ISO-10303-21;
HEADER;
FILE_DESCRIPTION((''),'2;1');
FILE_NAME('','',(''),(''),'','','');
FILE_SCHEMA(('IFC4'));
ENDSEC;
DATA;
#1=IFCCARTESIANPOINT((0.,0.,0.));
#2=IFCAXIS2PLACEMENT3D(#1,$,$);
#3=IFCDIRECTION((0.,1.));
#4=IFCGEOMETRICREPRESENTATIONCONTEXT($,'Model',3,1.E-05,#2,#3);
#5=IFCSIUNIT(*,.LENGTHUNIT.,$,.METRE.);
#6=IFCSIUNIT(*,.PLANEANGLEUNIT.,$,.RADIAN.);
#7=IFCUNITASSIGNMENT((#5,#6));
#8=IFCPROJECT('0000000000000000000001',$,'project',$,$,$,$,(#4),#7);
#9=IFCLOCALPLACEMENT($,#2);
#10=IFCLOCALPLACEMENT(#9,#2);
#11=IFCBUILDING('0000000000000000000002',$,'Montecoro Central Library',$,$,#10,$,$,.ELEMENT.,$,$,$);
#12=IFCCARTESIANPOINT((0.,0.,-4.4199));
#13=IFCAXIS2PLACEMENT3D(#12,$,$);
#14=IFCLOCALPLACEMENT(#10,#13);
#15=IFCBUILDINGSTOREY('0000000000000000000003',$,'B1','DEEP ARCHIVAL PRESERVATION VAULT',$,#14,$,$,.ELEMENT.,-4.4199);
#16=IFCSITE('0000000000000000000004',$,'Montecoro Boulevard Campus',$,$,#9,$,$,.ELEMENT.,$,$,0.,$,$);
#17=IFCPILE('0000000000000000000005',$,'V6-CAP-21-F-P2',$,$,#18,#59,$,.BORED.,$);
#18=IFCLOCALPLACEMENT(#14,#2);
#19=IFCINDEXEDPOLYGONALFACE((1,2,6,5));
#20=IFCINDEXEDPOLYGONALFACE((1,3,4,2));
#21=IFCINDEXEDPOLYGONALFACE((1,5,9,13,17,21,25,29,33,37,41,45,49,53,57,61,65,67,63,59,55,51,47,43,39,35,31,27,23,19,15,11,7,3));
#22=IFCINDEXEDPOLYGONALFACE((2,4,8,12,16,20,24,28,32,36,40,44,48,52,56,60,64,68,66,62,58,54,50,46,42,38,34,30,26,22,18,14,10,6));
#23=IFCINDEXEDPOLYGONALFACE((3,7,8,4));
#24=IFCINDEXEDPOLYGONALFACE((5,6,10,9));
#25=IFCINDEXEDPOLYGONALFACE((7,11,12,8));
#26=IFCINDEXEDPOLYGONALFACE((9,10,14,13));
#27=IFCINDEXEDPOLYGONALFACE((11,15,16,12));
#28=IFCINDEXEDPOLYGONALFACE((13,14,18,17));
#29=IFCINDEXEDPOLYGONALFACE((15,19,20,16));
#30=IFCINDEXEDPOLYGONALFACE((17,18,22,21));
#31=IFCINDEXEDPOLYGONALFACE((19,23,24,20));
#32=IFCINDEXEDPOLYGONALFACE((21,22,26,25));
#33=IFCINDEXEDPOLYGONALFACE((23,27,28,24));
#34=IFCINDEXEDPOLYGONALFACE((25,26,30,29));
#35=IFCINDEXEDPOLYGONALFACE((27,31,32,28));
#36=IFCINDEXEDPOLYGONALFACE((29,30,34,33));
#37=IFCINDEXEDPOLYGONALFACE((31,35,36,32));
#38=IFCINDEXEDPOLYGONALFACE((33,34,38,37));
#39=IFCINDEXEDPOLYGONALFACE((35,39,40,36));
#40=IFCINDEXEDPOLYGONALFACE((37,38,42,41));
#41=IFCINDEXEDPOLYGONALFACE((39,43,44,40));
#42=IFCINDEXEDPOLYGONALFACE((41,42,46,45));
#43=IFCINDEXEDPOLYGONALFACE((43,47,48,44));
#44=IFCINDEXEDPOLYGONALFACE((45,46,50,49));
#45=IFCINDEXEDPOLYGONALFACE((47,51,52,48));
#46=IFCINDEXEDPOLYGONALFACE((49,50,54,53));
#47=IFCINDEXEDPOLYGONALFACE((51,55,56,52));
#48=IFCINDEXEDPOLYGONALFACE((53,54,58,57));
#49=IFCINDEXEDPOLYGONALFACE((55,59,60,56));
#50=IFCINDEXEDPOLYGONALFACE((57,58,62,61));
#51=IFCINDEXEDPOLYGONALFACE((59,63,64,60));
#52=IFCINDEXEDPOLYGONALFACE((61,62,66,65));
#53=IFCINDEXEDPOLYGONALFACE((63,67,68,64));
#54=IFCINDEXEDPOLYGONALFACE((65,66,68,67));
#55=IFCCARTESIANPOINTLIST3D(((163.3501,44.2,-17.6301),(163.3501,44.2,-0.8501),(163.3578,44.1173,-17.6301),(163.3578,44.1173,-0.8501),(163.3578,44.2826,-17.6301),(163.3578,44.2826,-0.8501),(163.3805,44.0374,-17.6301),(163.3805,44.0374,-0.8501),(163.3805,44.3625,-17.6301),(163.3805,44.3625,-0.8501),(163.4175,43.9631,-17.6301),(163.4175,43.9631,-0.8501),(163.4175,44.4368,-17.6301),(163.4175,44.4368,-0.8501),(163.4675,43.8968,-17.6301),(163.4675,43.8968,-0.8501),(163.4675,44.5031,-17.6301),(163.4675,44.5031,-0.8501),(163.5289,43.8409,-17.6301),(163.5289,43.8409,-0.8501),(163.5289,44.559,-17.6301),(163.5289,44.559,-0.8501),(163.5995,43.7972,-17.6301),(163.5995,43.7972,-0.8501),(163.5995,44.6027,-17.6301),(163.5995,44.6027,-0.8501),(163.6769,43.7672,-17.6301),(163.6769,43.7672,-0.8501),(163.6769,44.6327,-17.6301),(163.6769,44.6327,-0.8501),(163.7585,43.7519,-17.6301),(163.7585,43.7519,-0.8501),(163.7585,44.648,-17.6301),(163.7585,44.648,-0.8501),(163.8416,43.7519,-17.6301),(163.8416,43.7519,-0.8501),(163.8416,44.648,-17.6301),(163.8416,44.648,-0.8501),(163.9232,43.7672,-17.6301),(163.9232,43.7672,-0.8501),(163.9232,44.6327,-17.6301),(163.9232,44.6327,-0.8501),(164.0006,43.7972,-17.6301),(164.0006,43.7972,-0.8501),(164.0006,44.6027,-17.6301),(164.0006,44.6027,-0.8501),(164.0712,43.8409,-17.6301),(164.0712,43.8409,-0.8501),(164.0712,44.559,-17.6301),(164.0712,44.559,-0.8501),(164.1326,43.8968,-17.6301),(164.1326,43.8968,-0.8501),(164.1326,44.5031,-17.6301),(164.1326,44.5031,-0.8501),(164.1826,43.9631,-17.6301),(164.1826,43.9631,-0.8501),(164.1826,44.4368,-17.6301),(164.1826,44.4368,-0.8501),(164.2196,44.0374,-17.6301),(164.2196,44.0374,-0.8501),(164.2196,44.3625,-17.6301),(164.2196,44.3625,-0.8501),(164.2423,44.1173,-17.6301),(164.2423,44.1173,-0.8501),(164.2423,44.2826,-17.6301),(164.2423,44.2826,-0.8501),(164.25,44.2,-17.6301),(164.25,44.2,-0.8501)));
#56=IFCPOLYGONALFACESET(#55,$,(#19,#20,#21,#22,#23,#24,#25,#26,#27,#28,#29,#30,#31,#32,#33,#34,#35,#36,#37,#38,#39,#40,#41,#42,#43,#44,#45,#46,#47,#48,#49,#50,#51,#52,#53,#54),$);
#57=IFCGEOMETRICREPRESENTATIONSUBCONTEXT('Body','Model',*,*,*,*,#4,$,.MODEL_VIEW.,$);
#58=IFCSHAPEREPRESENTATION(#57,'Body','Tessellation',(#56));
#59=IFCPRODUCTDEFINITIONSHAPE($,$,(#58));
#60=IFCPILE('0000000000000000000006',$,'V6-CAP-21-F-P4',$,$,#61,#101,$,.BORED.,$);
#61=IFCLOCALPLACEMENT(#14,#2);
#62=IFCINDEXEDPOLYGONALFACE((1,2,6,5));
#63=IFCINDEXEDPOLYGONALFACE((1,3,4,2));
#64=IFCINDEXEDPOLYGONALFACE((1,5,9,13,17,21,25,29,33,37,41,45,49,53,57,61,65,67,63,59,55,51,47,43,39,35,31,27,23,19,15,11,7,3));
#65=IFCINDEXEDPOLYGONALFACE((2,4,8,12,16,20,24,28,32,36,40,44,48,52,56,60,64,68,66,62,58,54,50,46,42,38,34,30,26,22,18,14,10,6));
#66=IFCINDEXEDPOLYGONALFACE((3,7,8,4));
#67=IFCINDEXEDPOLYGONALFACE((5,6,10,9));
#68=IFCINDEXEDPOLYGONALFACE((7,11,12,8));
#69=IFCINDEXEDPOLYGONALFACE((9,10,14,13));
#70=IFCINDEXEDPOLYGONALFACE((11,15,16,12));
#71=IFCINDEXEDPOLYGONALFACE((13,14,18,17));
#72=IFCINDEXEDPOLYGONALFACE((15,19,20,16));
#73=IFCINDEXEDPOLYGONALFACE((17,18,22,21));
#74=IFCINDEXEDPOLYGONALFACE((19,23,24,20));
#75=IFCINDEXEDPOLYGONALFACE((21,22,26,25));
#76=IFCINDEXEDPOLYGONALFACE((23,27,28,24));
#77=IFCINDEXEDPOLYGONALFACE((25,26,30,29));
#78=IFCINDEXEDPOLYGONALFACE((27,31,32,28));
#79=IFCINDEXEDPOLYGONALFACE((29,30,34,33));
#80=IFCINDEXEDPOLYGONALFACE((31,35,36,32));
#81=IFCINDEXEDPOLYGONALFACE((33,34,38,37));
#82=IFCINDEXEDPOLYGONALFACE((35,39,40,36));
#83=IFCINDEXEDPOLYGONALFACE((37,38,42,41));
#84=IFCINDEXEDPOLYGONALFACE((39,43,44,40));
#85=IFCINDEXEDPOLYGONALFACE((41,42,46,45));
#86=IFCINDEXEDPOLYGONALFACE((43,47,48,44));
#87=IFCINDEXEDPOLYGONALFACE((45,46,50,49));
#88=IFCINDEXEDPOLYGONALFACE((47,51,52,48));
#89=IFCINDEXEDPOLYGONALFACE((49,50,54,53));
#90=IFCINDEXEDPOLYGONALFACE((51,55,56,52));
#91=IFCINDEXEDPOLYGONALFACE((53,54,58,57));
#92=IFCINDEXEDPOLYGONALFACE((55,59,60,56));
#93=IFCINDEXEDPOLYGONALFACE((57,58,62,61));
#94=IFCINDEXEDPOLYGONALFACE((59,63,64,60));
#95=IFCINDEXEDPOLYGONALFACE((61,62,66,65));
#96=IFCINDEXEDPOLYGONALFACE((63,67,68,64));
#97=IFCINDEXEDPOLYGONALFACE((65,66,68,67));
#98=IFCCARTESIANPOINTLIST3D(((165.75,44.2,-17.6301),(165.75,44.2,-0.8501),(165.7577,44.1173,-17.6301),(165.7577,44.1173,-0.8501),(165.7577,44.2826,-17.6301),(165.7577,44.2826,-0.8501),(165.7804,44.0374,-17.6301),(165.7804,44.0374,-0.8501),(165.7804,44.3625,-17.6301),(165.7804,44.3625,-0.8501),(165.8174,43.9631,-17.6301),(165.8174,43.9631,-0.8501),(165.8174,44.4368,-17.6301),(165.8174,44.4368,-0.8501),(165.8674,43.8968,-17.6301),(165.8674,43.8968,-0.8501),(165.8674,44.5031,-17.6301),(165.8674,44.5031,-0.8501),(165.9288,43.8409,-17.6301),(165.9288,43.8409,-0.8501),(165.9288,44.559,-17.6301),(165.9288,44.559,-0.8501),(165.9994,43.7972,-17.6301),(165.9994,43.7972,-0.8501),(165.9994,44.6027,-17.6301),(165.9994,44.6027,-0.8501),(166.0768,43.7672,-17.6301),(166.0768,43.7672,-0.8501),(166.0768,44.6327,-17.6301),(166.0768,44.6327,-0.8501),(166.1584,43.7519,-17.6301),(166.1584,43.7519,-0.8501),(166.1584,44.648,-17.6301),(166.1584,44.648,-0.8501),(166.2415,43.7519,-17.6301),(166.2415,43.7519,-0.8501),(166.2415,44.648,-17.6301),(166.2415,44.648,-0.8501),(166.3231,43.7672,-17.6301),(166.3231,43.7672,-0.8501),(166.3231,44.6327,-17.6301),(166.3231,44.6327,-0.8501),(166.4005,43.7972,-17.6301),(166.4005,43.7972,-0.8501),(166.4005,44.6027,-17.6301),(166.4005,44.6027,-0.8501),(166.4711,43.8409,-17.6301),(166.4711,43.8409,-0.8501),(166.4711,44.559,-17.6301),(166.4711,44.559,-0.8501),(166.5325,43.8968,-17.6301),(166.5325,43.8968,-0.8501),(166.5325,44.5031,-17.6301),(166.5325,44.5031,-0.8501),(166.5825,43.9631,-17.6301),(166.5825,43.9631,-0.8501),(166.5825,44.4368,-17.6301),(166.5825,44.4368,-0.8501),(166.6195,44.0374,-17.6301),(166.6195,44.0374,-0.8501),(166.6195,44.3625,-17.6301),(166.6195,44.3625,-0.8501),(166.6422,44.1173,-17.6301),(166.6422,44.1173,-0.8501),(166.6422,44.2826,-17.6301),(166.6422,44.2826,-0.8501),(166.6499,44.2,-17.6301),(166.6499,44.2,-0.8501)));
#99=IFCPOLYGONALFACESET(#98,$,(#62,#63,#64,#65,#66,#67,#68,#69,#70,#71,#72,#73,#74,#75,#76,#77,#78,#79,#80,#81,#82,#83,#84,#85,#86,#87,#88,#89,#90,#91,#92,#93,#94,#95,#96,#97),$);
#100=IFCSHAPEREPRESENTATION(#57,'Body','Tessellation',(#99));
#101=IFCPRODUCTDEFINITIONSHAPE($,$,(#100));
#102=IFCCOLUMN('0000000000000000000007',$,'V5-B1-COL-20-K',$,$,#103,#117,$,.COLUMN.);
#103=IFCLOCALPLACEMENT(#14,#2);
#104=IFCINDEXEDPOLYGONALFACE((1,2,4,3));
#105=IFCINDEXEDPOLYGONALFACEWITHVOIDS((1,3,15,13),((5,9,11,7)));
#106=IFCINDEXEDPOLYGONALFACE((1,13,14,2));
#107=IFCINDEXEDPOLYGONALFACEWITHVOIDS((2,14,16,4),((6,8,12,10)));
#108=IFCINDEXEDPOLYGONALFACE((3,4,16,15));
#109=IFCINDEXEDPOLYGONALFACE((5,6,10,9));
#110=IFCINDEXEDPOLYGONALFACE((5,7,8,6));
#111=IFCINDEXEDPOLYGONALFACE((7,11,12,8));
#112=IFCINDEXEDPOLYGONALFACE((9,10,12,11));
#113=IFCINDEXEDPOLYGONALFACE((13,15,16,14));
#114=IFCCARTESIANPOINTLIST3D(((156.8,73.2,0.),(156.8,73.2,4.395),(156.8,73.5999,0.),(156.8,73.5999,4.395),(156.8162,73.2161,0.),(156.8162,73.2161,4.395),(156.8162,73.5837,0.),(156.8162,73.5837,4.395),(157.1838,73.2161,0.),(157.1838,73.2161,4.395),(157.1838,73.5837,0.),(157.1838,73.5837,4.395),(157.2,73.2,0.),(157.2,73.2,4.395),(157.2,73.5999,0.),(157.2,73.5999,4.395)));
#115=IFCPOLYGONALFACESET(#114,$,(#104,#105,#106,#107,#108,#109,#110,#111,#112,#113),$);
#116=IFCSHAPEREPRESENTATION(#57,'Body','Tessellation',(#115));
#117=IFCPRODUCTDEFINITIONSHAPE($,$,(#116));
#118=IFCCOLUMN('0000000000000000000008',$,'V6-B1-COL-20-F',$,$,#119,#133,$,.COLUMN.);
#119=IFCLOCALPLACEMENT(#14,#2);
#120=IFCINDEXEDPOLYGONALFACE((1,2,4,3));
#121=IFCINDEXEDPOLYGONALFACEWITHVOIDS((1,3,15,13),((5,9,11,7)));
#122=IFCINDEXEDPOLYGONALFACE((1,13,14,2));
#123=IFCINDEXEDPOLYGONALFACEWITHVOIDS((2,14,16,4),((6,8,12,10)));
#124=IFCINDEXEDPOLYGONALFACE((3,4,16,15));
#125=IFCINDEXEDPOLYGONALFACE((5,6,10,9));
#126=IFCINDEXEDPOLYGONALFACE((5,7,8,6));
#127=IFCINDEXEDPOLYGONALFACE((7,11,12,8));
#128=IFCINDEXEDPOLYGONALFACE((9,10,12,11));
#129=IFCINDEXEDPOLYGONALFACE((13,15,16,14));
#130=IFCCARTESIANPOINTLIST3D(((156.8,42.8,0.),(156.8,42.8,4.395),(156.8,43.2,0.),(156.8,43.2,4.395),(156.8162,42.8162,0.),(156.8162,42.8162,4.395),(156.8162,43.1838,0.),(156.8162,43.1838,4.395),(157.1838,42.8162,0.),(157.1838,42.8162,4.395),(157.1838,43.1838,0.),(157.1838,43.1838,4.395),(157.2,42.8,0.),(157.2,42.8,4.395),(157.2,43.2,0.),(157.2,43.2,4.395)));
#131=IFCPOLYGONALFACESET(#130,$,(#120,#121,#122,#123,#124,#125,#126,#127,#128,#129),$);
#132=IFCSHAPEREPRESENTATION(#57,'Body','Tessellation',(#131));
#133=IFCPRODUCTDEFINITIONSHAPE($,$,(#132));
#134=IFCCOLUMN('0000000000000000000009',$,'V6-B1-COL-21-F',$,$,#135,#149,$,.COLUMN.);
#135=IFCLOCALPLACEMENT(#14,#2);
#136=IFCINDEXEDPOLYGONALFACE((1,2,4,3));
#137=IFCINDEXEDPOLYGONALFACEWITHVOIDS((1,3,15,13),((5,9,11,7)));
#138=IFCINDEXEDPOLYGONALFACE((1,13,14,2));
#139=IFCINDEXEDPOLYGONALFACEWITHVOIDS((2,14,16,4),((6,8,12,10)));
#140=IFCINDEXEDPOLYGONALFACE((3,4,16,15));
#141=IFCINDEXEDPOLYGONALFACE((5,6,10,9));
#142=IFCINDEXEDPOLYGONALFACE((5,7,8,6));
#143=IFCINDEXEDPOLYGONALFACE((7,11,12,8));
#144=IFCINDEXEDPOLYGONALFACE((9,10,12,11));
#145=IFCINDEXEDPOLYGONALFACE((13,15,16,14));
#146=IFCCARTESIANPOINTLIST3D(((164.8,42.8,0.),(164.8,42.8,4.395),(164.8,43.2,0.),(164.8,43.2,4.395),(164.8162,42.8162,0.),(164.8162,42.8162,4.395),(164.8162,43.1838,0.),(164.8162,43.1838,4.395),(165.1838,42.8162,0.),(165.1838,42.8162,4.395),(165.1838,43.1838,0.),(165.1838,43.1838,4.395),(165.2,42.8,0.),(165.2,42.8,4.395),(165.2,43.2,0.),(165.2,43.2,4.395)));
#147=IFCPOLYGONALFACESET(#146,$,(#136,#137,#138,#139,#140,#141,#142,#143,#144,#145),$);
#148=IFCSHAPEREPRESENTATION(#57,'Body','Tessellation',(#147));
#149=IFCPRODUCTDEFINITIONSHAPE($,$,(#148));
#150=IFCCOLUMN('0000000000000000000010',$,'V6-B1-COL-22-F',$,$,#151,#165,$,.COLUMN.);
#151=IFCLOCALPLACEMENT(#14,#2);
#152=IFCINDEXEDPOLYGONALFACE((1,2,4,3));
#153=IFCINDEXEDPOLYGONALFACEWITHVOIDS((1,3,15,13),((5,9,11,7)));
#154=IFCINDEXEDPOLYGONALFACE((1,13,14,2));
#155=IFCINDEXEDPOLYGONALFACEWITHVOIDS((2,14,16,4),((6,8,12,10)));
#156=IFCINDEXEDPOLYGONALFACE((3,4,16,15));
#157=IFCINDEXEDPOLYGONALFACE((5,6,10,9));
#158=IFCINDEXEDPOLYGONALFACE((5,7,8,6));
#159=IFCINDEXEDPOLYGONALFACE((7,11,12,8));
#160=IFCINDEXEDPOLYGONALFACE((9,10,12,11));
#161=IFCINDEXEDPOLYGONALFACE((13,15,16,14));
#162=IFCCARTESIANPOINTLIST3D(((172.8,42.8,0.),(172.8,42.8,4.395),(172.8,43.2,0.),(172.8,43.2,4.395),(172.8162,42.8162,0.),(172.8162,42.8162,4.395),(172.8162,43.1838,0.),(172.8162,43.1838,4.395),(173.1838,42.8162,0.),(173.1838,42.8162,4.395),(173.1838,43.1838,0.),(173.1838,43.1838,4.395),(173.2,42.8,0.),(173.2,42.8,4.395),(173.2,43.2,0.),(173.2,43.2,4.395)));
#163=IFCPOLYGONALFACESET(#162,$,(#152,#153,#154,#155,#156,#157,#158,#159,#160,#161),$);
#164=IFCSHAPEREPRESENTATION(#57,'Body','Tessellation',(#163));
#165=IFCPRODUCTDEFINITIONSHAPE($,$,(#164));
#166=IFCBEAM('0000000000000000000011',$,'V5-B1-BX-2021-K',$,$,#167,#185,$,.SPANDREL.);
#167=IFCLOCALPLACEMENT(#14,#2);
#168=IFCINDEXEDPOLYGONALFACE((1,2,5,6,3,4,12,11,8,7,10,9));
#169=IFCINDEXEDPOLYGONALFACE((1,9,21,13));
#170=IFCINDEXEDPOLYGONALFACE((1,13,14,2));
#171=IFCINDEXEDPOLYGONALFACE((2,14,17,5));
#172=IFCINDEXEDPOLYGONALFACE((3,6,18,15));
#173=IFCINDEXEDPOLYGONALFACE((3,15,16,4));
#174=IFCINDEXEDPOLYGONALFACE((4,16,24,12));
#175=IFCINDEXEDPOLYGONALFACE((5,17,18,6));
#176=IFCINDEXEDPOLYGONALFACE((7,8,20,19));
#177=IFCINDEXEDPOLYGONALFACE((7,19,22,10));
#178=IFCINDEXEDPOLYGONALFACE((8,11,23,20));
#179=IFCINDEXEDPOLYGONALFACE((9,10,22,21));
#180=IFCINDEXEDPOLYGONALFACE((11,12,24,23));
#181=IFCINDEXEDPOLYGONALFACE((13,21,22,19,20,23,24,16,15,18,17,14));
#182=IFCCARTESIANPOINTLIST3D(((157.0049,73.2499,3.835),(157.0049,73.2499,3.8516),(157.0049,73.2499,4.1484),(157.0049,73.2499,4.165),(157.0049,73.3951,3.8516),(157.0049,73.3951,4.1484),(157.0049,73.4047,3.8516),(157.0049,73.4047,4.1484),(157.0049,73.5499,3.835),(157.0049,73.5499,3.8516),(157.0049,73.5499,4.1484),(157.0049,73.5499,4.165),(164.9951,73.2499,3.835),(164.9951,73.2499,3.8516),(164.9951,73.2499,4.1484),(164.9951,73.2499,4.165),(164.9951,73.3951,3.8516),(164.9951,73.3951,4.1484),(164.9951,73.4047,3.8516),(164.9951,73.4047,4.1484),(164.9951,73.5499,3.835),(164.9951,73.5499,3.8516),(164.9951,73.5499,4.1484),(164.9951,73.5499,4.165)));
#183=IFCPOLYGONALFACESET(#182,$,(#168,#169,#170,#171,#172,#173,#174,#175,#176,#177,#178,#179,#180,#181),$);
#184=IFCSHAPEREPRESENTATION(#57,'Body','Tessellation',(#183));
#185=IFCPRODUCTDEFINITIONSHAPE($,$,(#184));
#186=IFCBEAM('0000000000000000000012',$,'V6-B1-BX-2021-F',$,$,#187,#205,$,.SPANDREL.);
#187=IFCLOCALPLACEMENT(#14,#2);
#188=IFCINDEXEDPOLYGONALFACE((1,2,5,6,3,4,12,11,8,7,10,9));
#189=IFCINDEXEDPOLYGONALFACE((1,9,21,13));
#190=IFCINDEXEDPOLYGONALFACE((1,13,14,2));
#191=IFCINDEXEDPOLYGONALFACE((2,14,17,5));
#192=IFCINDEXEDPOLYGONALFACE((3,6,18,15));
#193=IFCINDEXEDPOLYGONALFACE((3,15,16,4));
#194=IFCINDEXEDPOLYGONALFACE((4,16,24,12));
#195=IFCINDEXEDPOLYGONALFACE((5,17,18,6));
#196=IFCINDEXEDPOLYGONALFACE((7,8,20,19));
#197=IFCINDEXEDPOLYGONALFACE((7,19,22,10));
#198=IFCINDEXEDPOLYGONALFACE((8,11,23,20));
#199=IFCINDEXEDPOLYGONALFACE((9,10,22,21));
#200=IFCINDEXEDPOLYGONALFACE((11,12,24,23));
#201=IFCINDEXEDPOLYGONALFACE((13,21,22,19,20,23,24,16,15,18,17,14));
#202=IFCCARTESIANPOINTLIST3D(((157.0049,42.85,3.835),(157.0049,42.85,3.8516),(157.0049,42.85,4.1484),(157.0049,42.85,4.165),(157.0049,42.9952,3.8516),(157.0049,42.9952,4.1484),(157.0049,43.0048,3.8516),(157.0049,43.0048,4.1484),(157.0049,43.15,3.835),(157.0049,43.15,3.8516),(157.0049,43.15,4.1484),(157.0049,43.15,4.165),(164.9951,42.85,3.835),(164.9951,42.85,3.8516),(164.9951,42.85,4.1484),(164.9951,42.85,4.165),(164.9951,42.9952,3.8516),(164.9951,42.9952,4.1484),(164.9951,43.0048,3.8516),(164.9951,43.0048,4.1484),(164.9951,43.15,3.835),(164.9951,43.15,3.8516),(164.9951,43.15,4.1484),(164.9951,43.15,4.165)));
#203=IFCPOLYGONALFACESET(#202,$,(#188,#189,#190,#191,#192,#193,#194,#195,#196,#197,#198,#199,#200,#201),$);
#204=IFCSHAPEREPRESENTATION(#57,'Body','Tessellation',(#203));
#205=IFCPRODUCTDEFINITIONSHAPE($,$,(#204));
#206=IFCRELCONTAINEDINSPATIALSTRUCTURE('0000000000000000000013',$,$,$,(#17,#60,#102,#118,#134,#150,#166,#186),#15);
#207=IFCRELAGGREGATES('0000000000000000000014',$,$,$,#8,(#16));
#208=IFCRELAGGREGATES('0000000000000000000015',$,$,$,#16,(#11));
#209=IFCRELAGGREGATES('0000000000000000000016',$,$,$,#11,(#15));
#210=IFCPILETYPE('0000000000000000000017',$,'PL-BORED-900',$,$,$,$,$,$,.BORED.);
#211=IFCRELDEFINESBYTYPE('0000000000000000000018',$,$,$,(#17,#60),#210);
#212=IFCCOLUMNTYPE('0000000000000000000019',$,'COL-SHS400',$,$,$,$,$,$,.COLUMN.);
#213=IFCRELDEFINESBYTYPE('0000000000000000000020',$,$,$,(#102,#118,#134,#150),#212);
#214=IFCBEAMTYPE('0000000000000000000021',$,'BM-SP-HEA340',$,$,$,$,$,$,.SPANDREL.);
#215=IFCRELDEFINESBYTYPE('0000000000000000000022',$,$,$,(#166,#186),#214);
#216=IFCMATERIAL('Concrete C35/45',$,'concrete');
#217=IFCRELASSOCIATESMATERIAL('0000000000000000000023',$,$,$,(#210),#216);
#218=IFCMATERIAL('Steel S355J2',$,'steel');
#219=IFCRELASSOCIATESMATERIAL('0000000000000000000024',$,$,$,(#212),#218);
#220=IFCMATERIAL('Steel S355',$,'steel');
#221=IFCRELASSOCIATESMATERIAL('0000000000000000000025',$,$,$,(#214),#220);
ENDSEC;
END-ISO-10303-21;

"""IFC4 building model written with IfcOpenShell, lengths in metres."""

from ifc_helpers import new_model, si_unit, direction, frame, origin, origin_2d, place, context, subcontext, project, spatial, hollow_rectangle, circle, i_section, extrude, material, material_profile, profile_set, type_object, element, save


model = new_model("IFC4")

# Units and contexts
model_context = context("Model", 3, precision=1e-05, world=origin(), true_north=direction((0.0, 1.0)))
body_context = subcontext(model_context, "Body", "Model", "MODEL_VIEW")
ifc_project = project(units=[si_unit("LENGTHUNIT", "METRE"), si_unit("PLANEANGLEUNIT", "RADIAN")], contexts=[model_context])

# Site, building, storey
site_placement = place(None, origin())
site = spatial("IfcSite", under=ifc_project, at=site_placement, Name="Montecoro Boulevard Campus", CompositionType="ELEMENT", RefElevation=0.0)
building_placement = place(site_placement, origin())
building = spatial("IfcBuilding", under=site, at=building_placement, Name="Montecoro Central Library", CompositionType="ELEMENT")
storey_placement = place(building_placement, frame((0.0, 0.0, -4.4199)))
storey = spatial("IfcBuildingStorey", under=building, at=storey_placement, Name="B1", Description="DEEP ARCHIVAL PRESERVATION VAULT", CompositionType="ELEMENT", Elevation=-4.4199)

# Shared definitions
ifc_material_1 = material(Name="Concrete C35/45", Category="concrete")

# Piles
ifc_material_profile_1 = material_profile(ifc_material_1, circle(Radius=0.45, at=origin_2d()), Name="PILE D900")
ifc_profile_set_1 = profile_set([ifc_material_profile_1], Name="Concrete C35/45")
pile_type_1 = type_object("IfcPileType", Name="PL-BORED-900", PredefinedType="BORED", material=ifc_profile_set_1)
for number, where, z_axis, x_axis, name in (
    (1, (163.8, 44.2, -0.8501), (0.0, 0.0, -1.0), (1.0, 0.0, 0.0), "V6-CAP-21-F-P2"),
    (2, (166.2, 44.2, -0.8501), (0.0, 0.0, -1.0), (1.0, 0.0, 0.0), "V6-CAP-21-F-P4"),
):
    element("IfcPile", number, at=place(storey_placement, frame(where, z_axis=z_axis, x_axis=x_axis)), inside=storey, type_object=pile_type_1, Name=name, PredefinedType="BORED", context=body_context, shape_type="SweptSolid", body=[
        extrude(circle(Radius=0.45, at=origin_2d()), origin(), (0.0, 0.0, 1.0), 16.78),
    ])

# Columns
ifc_material_2 = material(Name="Steel S355J2", Category="steel")
ifc_material_profile_2 = material_profile(ifc_material_2, hollow_rectangle(XDim=0.3999, YDim=0.3999, WallThickness=0.0161, at=origin_2d()), Name="SHS 400x400x16.0")
ifc_profile_set_2 = profile_set([ifc_material_profile_2], Name="Steel S355J2")
column_type = type_object("IfcColumnType", Name="COL-SHS400", PredefinedType="COLUMN", material=ifc_profile_set_2)
for number, where, z_axis, x_axis, name in (
    (3, (157.0, 73.3999, 0.0), (0.0, 0.0, 1.0), (1.0, 0.0, 0.0), "V5-B1-COL-20-K"),
    (4, (157.0, 43.0, 0.0), (0.0, 0.0, 1.0), (1.0, 0.0, 0.0), "V6-B1-COL-20-F"),
    (5, (165.0, 43.0, 0.0), (0.0, 0.0, 1.0), (1.0, 0.0, 0.0), "V6-B1-COL-21-F"),
    (6, (173.0, 43.0, 0.0), (0.0, 0.0, 1.0), (1.0, 0.0, 0.0), "V6-B1-COL-22-F"),
):
    element("IfcColumn", number, at=place(storey_placement, frame(where, z_axis=z_axis, x_axis=x_axis)), inside=storey, type_object=column_type, Name=name, PredefinedType="COLUMN", context=body_context, shape_type="SweptSolid", body=[
        extrude(hollow_rectangle(XDim=0.3999, YDim=0.3999, WallThickness=0.0161, at=origin_2d()), origin(), (0.0, 0.0, 1.0), 4.395),
    ])

# Beams
ifc_material_3 = material(Name="Steel S355", Category="steel")
ifc_material_profile_3 = material_profile(ifc_material_3, i_section(OverallWidth=0.3, OverallDepth=0.3301, WebThickness=0.0095, FlangeThickness=0.0166, at=origin_2d()), Name="HEA 340")
ifc_profile_set_3 = profile_set([ifc_material_profile_3], Name="Steel S355")
beam_type = type_object("IfcBeamType", Name="BM-SP-HEA340", PredefinedType="SPANDREL", material=ifc_profile_set_3)
for number, where, z_axis, x_axis, name in (
    (7, (157.0049, 73.3999, 4.0), (1.0, 0.0, 0.0), (0.0, 1.0, 0.0), "V5-B1-BX-2021-K"),
    (8, (157.0049, 43.0, 4.0), (1.0, 0.0, 0.0), (0.0, 1.0, 0.0), "V6-B1-BX-2021-F"),
):
    element("IfcBeam", number, at=place(storey_placement, frame(where, z_axis=z_axis, x_axis=x_axis)), inside=storey, type_object=beam_type, Name=name, PredefinedType="SPANDREL", context=body_context, shape_type="SweptSolid", body=[
        extrude(i_section(OverallWidth=0.3, OverallDepth=0.3301, WebThickness=0.0095, FlangeThickness=0.0166, at=origin_2d()), origin(), (0.0, 0.0, 1.0), 7.9902),
    ])

save(model, "model.ifc")
